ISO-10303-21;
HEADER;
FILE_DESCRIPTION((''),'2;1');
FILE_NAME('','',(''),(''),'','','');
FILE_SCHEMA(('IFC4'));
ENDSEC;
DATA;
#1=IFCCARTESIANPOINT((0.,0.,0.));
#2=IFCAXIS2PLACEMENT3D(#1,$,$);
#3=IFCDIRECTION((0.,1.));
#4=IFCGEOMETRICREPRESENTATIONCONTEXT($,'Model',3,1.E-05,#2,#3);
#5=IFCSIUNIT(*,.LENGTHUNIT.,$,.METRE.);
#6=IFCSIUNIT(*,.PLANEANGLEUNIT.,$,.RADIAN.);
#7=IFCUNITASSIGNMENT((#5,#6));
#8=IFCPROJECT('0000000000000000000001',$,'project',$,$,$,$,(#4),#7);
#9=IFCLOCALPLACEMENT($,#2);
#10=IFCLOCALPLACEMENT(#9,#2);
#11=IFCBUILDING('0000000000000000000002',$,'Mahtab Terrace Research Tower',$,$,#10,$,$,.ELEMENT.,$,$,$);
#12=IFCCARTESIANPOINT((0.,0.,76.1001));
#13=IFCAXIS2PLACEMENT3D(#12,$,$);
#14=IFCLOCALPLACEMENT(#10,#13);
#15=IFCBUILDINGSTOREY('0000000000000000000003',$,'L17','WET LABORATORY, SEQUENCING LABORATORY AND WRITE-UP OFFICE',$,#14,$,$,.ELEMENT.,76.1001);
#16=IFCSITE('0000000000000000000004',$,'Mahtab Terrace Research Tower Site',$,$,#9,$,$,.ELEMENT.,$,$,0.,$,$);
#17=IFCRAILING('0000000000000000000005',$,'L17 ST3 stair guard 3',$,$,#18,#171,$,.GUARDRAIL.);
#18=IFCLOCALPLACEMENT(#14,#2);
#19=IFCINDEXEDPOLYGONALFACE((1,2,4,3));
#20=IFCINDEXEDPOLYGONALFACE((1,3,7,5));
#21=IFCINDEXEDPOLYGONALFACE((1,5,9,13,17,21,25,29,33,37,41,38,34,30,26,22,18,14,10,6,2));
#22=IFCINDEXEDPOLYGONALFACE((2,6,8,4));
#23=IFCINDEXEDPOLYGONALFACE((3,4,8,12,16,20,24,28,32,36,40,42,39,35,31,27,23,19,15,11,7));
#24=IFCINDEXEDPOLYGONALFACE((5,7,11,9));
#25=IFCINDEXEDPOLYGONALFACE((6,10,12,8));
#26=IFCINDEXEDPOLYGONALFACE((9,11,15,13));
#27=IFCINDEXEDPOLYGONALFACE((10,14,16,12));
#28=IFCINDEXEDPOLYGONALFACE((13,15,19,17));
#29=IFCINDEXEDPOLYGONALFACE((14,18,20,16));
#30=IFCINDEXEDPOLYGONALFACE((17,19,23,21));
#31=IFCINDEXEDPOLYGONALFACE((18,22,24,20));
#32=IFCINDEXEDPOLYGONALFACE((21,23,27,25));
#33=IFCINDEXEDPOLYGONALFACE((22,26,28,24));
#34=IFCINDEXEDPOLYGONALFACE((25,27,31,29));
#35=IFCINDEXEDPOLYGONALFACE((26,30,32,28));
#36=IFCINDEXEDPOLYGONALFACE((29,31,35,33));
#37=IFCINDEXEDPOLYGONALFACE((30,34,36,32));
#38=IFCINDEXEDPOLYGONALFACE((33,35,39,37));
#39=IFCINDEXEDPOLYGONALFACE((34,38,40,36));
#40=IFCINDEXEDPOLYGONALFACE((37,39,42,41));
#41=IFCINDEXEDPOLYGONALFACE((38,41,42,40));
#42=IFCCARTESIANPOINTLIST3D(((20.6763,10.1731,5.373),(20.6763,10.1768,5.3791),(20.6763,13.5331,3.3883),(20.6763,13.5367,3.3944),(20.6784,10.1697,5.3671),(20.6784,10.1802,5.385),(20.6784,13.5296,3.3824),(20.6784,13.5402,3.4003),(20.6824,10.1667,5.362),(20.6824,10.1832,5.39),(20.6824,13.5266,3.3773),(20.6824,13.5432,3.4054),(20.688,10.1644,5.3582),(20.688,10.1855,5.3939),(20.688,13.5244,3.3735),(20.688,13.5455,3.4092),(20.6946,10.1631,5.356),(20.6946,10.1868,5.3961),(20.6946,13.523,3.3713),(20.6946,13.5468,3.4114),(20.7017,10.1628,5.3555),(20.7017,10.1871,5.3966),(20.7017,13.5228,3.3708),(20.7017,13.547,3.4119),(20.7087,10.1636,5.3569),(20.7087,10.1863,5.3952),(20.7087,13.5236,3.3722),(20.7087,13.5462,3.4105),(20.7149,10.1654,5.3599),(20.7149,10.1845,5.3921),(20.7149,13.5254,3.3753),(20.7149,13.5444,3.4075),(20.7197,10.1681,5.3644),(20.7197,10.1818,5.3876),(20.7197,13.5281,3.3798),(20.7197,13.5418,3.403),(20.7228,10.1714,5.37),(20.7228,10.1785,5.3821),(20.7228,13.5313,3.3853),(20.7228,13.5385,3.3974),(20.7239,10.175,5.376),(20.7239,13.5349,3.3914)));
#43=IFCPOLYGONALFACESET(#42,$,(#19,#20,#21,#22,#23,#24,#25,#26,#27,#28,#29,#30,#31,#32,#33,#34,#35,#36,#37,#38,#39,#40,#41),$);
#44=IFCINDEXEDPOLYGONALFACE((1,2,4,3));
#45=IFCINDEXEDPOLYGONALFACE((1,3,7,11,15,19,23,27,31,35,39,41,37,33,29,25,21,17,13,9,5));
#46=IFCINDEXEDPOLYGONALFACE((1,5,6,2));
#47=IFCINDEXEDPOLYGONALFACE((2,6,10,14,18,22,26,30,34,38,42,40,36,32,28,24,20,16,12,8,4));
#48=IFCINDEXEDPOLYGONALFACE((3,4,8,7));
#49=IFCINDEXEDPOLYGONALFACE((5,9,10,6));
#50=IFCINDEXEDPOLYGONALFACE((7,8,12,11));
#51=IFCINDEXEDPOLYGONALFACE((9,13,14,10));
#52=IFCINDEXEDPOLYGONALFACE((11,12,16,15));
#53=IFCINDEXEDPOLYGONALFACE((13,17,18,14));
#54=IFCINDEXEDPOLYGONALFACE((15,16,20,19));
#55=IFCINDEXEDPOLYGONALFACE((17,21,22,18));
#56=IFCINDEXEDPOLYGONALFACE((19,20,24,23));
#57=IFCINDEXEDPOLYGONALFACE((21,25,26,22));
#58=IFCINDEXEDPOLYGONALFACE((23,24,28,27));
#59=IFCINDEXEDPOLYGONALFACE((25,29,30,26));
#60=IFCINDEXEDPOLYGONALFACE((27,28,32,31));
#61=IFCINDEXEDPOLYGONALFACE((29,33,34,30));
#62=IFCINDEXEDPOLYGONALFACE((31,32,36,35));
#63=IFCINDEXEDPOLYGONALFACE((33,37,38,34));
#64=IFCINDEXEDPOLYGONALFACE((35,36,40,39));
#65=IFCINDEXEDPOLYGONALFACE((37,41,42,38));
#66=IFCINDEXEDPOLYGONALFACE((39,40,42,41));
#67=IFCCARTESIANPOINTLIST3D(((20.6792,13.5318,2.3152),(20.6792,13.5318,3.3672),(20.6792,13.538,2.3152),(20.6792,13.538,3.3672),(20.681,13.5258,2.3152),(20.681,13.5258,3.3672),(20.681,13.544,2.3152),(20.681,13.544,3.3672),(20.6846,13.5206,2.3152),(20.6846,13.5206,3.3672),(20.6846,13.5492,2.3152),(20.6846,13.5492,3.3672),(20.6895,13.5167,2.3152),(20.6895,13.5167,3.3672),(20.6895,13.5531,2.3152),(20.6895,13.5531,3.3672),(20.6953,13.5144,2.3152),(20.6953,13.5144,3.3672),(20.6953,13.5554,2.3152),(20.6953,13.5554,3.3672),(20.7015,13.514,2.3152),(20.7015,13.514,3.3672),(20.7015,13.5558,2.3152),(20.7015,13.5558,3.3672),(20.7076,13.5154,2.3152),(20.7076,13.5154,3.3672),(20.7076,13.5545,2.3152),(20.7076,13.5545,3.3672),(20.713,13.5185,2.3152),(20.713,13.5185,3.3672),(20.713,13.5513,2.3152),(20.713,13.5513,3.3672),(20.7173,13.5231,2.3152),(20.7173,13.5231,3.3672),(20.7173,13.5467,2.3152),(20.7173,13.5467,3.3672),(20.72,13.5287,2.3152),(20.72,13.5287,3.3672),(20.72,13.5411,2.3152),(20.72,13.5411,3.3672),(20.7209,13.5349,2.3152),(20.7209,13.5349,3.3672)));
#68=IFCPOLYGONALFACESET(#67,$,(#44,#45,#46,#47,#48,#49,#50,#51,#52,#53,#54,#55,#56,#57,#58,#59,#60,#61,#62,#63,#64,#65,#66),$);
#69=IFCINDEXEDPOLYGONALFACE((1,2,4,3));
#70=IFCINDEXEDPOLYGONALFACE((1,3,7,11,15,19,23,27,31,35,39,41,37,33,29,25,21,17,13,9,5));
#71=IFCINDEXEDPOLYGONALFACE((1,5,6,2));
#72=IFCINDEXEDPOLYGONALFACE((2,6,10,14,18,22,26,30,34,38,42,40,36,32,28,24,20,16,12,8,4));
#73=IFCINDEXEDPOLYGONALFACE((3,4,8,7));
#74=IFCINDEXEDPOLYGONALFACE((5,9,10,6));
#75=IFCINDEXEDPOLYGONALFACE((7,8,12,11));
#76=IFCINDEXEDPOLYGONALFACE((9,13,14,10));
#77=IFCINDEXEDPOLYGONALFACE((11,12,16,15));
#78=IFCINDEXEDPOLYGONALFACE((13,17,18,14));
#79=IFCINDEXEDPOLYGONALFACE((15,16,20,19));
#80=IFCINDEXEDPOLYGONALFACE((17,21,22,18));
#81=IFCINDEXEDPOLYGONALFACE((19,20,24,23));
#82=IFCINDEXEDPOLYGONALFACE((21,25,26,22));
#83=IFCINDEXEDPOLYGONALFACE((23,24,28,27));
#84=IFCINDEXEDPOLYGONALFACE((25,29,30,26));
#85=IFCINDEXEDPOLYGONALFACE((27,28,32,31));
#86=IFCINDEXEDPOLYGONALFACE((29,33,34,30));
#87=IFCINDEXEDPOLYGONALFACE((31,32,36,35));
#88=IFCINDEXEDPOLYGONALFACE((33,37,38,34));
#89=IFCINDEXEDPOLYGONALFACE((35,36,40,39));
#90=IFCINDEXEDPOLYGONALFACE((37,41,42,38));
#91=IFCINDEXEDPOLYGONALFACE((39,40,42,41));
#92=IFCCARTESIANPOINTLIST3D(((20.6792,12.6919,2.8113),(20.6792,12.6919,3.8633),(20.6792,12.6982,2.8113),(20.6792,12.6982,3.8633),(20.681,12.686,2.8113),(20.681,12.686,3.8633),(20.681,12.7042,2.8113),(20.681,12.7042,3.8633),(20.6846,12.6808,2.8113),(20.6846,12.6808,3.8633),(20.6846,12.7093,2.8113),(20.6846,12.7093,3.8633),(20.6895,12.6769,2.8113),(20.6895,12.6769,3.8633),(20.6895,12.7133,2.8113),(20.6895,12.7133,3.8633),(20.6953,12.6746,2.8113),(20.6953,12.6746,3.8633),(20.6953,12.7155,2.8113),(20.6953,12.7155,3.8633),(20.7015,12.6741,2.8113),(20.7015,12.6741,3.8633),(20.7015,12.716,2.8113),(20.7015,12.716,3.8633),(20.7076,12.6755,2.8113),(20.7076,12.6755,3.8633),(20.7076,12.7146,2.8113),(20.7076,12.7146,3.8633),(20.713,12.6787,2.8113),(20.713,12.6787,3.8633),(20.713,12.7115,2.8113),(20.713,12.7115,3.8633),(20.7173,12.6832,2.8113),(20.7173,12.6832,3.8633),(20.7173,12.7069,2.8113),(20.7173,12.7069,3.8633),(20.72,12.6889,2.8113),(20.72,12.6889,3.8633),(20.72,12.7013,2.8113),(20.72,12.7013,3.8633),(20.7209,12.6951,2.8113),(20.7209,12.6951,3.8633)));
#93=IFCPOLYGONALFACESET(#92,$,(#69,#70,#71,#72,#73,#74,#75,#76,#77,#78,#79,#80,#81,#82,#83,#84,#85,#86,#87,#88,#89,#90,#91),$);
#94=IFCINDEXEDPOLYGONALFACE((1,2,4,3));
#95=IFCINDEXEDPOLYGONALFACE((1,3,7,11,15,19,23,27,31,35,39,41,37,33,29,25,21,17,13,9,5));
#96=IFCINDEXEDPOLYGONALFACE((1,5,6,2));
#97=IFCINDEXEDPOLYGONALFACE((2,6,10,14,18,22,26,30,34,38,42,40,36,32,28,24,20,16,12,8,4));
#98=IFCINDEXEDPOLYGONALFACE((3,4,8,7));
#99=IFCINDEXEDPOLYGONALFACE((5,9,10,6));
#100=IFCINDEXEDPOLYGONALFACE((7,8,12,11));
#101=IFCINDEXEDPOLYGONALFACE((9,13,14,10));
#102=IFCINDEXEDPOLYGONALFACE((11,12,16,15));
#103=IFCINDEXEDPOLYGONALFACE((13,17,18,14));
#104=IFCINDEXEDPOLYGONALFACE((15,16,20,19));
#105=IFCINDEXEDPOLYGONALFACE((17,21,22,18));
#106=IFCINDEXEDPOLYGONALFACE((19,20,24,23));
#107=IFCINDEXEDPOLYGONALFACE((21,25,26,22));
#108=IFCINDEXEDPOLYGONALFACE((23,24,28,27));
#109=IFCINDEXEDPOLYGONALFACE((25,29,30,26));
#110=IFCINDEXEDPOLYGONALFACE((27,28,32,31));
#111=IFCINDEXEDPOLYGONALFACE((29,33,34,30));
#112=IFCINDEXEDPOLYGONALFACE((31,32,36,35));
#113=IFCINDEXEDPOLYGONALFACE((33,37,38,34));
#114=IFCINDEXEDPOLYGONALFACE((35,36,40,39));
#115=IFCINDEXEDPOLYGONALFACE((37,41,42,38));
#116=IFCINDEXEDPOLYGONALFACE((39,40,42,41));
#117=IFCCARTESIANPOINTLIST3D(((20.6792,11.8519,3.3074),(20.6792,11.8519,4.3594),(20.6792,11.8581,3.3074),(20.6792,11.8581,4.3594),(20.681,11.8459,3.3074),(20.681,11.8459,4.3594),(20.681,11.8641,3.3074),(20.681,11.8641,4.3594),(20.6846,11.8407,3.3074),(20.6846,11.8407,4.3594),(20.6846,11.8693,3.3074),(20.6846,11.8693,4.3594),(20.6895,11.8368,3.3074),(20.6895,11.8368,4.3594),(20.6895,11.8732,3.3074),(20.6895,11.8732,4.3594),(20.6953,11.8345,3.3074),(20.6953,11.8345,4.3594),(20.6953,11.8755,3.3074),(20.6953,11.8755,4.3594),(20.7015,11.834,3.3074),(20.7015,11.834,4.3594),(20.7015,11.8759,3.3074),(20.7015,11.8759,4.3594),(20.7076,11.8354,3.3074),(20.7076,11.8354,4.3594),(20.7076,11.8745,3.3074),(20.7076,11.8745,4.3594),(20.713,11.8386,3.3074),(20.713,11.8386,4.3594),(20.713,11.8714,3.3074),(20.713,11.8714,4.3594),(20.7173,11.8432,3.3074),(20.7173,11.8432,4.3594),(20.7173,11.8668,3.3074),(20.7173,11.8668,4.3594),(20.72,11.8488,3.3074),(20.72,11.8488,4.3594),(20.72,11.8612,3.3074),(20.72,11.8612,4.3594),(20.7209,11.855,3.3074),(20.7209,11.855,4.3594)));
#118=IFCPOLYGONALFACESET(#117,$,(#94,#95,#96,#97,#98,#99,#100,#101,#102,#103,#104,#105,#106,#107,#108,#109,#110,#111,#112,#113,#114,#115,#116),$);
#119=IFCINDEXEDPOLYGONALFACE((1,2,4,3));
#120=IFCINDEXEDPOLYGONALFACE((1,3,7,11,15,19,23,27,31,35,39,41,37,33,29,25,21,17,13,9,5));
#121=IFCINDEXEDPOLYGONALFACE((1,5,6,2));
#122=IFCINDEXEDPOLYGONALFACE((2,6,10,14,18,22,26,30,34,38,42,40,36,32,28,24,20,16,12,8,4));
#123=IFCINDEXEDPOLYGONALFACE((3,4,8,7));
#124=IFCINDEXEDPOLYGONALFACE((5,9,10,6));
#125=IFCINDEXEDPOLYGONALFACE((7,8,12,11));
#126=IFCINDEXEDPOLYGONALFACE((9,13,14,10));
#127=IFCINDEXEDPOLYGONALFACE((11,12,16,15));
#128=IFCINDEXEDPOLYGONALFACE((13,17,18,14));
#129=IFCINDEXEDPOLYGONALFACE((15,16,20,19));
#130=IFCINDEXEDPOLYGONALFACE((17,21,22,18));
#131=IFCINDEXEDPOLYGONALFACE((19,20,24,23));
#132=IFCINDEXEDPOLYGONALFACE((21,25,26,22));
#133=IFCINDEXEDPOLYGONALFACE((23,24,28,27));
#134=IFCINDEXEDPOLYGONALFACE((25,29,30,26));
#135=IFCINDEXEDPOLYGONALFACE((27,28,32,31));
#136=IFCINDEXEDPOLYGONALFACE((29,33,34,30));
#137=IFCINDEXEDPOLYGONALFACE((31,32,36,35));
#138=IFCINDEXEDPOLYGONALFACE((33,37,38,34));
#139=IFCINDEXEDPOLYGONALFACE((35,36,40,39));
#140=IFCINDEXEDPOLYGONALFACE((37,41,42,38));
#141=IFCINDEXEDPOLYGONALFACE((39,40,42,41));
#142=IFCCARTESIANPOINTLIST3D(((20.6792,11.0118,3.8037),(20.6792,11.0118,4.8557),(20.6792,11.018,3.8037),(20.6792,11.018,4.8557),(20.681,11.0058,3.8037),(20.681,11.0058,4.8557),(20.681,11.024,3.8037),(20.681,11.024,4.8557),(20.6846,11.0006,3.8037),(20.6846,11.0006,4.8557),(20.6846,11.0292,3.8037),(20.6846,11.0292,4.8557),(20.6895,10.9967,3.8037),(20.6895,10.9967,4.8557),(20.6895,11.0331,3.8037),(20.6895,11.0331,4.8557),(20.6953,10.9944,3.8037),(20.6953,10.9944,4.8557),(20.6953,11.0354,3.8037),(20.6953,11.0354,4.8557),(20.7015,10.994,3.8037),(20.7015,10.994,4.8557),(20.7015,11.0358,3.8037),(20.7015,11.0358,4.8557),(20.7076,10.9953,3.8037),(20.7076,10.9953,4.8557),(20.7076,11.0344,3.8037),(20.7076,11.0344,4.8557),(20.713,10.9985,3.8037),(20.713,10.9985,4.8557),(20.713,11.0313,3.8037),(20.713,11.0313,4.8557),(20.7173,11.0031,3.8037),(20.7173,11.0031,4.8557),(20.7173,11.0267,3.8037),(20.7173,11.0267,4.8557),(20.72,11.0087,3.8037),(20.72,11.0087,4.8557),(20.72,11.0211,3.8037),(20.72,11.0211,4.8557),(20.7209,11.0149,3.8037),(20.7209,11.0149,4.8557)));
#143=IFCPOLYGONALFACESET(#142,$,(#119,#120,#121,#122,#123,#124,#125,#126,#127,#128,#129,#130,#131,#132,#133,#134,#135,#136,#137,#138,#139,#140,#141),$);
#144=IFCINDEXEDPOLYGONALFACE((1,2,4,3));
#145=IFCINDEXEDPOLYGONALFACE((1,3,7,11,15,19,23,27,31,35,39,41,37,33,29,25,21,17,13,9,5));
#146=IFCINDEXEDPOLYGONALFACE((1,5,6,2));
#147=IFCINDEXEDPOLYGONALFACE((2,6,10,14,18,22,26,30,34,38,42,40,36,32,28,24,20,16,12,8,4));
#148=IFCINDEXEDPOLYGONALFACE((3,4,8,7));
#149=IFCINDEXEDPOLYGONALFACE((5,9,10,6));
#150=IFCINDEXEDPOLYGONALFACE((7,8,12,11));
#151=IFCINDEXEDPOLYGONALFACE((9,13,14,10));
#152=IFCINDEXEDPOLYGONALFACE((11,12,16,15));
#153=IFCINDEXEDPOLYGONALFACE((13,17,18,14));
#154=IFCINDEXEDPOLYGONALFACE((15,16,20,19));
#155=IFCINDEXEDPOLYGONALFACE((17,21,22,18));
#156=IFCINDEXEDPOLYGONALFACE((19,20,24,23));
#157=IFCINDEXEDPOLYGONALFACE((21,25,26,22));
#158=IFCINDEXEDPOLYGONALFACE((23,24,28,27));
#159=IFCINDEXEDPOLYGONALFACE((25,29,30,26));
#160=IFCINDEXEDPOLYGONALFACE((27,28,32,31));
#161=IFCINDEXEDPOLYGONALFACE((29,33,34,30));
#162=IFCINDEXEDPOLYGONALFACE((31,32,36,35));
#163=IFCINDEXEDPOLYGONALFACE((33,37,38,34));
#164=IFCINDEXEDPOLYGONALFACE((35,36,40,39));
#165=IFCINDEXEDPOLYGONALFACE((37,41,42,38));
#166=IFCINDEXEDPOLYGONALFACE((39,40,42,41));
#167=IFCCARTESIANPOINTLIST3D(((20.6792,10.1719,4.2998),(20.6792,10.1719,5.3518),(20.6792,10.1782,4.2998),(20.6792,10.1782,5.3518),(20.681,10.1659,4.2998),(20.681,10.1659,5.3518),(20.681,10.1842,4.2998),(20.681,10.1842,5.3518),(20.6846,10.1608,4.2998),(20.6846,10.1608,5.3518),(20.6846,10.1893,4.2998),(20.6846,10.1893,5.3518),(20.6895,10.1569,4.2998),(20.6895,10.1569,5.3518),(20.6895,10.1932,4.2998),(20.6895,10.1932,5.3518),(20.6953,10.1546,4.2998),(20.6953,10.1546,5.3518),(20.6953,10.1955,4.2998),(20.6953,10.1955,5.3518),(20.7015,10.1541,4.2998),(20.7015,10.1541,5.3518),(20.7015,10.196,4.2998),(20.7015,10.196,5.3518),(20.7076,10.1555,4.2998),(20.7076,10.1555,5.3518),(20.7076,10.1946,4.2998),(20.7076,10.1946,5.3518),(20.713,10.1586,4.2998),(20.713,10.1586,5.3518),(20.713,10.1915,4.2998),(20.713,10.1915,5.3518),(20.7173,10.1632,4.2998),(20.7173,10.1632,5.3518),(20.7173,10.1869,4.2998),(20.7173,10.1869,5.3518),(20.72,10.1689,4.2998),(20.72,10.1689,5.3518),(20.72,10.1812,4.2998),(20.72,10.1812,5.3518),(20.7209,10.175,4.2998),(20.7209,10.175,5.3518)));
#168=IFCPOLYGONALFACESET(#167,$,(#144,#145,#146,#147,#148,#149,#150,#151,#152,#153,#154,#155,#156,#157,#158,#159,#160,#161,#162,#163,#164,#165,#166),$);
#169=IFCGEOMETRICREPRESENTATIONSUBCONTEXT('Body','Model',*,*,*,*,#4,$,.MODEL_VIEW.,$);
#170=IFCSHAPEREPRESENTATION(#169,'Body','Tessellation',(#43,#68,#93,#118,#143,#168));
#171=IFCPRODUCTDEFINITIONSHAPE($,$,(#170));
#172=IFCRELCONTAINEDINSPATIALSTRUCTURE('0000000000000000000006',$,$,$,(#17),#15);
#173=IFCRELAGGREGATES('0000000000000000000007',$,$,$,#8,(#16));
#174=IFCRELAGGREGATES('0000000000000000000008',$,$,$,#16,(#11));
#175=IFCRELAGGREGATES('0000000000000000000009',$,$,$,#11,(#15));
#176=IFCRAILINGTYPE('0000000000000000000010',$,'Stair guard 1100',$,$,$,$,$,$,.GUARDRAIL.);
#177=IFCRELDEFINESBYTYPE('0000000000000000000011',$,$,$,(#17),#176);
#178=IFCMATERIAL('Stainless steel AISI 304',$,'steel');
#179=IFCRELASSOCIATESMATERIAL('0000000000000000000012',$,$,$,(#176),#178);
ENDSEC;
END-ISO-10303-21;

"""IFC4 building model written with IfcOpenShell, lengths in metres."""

from ifc_helpers import new_model, si_unit, direction, frame, origin, origin_2d, place, context, subcontext, project, spatial, circle, extrude, material, type_object, element, save


model = new_model("IFC4")

# Units and contexts
model_context = context("Model", 3, precision=1e-05, world=origin(), true_north=direction((0.0, 1.0)))
body_context = subcontext(model_context, "Body", "Model", "MODEL_VIEW")
ifc_project = project(units=[si_unit("LENGTHUNIT", "METRE"), si_unit("PLANEANGLEUNIT", "RADIAN")], contexts=[model_context])

# Site, building, storey
site_placement = place(None, origin())
site = spatial("IfcSite", under=ifc_project, at=site_placement, Name="Mahtab Terrace Research Tower Site", CompositionType="ELEMENT", RefElevation=0.0)
building_placement = place(site_placement, origin())
building = spatial("IfcBuilding", under=site, at=building_placement, Name="Mahtab Terrace Research Tower", CompositionType="ELEMENT")
storey_placement = place(building_placement, frame((0.0, 0.0, 76.1001)))
storey = spatial("IfcBuildingStorey", under=building, at=storey_placement, Name="L17", Description="WET LABORATORY, SEQUENCING LABORATORY AND WRITE-UP OFFICE", CompositionType="ELEMENT", Elevation=76.1001)

# Railing
ifc_material_1 = material(Name="Stainless steel AISI 304", Category="steel")
railing_type_1 = type_object("IfcRailingType", Name="Stair guard 1100", PredefinedType="GUARDRAIL", material=ifc_material_1)
railing_1_placement = place(storey_placement, frame((20.7, 13.5349, 2.3152)))
element("IfcRailing", 1, at=railing_1_placement, inside=storey, type_object=railing_type_1, Name="L17 ST3 stair guard 3", PredefinedType="GUARDRAIL", context=body_context, shape_type="SweptSolid", body=[
    extrude(circle(Radius=0.0239, at=origin_2d()), frame((0.0, 0.0, 1.0762), z_axis=(0.0, -0.861011, 0.508586), x_axis=(1.0, 0.0, 0.0)), (0.0, 0.0, 1.0), 3.9023),
    extrude(circle(Radius=0.021, at=origin_2d()), origin(), (0.0, 0.0, 1.0), 1.052),
    extrude(circle(Radius=0.021, at=origin_2d()), frame((0.0, -0.8398, 0.4961)), (0.0, 0.0, 1.0), 1.052),
    extrude(circle(Radius=0.021, at=origin_2d()), frame((0.0, -1.6799, 0.9922)), (0.0, 0.0, 1.0), 1.052),
    extrude(circle(Radius=0.021, at=origin_2d()), frame((0.0, -2.52, 1.4885)), (0.0, 0.0, 1.0), 1.052),
    extrude(circle(Radius=0.021, at=origin_2d()), frame((0.0, -3.3599, 1.9846)), (0.0, 0.0, 1.0), 1.052),
])

save(model, "model.ifc")
